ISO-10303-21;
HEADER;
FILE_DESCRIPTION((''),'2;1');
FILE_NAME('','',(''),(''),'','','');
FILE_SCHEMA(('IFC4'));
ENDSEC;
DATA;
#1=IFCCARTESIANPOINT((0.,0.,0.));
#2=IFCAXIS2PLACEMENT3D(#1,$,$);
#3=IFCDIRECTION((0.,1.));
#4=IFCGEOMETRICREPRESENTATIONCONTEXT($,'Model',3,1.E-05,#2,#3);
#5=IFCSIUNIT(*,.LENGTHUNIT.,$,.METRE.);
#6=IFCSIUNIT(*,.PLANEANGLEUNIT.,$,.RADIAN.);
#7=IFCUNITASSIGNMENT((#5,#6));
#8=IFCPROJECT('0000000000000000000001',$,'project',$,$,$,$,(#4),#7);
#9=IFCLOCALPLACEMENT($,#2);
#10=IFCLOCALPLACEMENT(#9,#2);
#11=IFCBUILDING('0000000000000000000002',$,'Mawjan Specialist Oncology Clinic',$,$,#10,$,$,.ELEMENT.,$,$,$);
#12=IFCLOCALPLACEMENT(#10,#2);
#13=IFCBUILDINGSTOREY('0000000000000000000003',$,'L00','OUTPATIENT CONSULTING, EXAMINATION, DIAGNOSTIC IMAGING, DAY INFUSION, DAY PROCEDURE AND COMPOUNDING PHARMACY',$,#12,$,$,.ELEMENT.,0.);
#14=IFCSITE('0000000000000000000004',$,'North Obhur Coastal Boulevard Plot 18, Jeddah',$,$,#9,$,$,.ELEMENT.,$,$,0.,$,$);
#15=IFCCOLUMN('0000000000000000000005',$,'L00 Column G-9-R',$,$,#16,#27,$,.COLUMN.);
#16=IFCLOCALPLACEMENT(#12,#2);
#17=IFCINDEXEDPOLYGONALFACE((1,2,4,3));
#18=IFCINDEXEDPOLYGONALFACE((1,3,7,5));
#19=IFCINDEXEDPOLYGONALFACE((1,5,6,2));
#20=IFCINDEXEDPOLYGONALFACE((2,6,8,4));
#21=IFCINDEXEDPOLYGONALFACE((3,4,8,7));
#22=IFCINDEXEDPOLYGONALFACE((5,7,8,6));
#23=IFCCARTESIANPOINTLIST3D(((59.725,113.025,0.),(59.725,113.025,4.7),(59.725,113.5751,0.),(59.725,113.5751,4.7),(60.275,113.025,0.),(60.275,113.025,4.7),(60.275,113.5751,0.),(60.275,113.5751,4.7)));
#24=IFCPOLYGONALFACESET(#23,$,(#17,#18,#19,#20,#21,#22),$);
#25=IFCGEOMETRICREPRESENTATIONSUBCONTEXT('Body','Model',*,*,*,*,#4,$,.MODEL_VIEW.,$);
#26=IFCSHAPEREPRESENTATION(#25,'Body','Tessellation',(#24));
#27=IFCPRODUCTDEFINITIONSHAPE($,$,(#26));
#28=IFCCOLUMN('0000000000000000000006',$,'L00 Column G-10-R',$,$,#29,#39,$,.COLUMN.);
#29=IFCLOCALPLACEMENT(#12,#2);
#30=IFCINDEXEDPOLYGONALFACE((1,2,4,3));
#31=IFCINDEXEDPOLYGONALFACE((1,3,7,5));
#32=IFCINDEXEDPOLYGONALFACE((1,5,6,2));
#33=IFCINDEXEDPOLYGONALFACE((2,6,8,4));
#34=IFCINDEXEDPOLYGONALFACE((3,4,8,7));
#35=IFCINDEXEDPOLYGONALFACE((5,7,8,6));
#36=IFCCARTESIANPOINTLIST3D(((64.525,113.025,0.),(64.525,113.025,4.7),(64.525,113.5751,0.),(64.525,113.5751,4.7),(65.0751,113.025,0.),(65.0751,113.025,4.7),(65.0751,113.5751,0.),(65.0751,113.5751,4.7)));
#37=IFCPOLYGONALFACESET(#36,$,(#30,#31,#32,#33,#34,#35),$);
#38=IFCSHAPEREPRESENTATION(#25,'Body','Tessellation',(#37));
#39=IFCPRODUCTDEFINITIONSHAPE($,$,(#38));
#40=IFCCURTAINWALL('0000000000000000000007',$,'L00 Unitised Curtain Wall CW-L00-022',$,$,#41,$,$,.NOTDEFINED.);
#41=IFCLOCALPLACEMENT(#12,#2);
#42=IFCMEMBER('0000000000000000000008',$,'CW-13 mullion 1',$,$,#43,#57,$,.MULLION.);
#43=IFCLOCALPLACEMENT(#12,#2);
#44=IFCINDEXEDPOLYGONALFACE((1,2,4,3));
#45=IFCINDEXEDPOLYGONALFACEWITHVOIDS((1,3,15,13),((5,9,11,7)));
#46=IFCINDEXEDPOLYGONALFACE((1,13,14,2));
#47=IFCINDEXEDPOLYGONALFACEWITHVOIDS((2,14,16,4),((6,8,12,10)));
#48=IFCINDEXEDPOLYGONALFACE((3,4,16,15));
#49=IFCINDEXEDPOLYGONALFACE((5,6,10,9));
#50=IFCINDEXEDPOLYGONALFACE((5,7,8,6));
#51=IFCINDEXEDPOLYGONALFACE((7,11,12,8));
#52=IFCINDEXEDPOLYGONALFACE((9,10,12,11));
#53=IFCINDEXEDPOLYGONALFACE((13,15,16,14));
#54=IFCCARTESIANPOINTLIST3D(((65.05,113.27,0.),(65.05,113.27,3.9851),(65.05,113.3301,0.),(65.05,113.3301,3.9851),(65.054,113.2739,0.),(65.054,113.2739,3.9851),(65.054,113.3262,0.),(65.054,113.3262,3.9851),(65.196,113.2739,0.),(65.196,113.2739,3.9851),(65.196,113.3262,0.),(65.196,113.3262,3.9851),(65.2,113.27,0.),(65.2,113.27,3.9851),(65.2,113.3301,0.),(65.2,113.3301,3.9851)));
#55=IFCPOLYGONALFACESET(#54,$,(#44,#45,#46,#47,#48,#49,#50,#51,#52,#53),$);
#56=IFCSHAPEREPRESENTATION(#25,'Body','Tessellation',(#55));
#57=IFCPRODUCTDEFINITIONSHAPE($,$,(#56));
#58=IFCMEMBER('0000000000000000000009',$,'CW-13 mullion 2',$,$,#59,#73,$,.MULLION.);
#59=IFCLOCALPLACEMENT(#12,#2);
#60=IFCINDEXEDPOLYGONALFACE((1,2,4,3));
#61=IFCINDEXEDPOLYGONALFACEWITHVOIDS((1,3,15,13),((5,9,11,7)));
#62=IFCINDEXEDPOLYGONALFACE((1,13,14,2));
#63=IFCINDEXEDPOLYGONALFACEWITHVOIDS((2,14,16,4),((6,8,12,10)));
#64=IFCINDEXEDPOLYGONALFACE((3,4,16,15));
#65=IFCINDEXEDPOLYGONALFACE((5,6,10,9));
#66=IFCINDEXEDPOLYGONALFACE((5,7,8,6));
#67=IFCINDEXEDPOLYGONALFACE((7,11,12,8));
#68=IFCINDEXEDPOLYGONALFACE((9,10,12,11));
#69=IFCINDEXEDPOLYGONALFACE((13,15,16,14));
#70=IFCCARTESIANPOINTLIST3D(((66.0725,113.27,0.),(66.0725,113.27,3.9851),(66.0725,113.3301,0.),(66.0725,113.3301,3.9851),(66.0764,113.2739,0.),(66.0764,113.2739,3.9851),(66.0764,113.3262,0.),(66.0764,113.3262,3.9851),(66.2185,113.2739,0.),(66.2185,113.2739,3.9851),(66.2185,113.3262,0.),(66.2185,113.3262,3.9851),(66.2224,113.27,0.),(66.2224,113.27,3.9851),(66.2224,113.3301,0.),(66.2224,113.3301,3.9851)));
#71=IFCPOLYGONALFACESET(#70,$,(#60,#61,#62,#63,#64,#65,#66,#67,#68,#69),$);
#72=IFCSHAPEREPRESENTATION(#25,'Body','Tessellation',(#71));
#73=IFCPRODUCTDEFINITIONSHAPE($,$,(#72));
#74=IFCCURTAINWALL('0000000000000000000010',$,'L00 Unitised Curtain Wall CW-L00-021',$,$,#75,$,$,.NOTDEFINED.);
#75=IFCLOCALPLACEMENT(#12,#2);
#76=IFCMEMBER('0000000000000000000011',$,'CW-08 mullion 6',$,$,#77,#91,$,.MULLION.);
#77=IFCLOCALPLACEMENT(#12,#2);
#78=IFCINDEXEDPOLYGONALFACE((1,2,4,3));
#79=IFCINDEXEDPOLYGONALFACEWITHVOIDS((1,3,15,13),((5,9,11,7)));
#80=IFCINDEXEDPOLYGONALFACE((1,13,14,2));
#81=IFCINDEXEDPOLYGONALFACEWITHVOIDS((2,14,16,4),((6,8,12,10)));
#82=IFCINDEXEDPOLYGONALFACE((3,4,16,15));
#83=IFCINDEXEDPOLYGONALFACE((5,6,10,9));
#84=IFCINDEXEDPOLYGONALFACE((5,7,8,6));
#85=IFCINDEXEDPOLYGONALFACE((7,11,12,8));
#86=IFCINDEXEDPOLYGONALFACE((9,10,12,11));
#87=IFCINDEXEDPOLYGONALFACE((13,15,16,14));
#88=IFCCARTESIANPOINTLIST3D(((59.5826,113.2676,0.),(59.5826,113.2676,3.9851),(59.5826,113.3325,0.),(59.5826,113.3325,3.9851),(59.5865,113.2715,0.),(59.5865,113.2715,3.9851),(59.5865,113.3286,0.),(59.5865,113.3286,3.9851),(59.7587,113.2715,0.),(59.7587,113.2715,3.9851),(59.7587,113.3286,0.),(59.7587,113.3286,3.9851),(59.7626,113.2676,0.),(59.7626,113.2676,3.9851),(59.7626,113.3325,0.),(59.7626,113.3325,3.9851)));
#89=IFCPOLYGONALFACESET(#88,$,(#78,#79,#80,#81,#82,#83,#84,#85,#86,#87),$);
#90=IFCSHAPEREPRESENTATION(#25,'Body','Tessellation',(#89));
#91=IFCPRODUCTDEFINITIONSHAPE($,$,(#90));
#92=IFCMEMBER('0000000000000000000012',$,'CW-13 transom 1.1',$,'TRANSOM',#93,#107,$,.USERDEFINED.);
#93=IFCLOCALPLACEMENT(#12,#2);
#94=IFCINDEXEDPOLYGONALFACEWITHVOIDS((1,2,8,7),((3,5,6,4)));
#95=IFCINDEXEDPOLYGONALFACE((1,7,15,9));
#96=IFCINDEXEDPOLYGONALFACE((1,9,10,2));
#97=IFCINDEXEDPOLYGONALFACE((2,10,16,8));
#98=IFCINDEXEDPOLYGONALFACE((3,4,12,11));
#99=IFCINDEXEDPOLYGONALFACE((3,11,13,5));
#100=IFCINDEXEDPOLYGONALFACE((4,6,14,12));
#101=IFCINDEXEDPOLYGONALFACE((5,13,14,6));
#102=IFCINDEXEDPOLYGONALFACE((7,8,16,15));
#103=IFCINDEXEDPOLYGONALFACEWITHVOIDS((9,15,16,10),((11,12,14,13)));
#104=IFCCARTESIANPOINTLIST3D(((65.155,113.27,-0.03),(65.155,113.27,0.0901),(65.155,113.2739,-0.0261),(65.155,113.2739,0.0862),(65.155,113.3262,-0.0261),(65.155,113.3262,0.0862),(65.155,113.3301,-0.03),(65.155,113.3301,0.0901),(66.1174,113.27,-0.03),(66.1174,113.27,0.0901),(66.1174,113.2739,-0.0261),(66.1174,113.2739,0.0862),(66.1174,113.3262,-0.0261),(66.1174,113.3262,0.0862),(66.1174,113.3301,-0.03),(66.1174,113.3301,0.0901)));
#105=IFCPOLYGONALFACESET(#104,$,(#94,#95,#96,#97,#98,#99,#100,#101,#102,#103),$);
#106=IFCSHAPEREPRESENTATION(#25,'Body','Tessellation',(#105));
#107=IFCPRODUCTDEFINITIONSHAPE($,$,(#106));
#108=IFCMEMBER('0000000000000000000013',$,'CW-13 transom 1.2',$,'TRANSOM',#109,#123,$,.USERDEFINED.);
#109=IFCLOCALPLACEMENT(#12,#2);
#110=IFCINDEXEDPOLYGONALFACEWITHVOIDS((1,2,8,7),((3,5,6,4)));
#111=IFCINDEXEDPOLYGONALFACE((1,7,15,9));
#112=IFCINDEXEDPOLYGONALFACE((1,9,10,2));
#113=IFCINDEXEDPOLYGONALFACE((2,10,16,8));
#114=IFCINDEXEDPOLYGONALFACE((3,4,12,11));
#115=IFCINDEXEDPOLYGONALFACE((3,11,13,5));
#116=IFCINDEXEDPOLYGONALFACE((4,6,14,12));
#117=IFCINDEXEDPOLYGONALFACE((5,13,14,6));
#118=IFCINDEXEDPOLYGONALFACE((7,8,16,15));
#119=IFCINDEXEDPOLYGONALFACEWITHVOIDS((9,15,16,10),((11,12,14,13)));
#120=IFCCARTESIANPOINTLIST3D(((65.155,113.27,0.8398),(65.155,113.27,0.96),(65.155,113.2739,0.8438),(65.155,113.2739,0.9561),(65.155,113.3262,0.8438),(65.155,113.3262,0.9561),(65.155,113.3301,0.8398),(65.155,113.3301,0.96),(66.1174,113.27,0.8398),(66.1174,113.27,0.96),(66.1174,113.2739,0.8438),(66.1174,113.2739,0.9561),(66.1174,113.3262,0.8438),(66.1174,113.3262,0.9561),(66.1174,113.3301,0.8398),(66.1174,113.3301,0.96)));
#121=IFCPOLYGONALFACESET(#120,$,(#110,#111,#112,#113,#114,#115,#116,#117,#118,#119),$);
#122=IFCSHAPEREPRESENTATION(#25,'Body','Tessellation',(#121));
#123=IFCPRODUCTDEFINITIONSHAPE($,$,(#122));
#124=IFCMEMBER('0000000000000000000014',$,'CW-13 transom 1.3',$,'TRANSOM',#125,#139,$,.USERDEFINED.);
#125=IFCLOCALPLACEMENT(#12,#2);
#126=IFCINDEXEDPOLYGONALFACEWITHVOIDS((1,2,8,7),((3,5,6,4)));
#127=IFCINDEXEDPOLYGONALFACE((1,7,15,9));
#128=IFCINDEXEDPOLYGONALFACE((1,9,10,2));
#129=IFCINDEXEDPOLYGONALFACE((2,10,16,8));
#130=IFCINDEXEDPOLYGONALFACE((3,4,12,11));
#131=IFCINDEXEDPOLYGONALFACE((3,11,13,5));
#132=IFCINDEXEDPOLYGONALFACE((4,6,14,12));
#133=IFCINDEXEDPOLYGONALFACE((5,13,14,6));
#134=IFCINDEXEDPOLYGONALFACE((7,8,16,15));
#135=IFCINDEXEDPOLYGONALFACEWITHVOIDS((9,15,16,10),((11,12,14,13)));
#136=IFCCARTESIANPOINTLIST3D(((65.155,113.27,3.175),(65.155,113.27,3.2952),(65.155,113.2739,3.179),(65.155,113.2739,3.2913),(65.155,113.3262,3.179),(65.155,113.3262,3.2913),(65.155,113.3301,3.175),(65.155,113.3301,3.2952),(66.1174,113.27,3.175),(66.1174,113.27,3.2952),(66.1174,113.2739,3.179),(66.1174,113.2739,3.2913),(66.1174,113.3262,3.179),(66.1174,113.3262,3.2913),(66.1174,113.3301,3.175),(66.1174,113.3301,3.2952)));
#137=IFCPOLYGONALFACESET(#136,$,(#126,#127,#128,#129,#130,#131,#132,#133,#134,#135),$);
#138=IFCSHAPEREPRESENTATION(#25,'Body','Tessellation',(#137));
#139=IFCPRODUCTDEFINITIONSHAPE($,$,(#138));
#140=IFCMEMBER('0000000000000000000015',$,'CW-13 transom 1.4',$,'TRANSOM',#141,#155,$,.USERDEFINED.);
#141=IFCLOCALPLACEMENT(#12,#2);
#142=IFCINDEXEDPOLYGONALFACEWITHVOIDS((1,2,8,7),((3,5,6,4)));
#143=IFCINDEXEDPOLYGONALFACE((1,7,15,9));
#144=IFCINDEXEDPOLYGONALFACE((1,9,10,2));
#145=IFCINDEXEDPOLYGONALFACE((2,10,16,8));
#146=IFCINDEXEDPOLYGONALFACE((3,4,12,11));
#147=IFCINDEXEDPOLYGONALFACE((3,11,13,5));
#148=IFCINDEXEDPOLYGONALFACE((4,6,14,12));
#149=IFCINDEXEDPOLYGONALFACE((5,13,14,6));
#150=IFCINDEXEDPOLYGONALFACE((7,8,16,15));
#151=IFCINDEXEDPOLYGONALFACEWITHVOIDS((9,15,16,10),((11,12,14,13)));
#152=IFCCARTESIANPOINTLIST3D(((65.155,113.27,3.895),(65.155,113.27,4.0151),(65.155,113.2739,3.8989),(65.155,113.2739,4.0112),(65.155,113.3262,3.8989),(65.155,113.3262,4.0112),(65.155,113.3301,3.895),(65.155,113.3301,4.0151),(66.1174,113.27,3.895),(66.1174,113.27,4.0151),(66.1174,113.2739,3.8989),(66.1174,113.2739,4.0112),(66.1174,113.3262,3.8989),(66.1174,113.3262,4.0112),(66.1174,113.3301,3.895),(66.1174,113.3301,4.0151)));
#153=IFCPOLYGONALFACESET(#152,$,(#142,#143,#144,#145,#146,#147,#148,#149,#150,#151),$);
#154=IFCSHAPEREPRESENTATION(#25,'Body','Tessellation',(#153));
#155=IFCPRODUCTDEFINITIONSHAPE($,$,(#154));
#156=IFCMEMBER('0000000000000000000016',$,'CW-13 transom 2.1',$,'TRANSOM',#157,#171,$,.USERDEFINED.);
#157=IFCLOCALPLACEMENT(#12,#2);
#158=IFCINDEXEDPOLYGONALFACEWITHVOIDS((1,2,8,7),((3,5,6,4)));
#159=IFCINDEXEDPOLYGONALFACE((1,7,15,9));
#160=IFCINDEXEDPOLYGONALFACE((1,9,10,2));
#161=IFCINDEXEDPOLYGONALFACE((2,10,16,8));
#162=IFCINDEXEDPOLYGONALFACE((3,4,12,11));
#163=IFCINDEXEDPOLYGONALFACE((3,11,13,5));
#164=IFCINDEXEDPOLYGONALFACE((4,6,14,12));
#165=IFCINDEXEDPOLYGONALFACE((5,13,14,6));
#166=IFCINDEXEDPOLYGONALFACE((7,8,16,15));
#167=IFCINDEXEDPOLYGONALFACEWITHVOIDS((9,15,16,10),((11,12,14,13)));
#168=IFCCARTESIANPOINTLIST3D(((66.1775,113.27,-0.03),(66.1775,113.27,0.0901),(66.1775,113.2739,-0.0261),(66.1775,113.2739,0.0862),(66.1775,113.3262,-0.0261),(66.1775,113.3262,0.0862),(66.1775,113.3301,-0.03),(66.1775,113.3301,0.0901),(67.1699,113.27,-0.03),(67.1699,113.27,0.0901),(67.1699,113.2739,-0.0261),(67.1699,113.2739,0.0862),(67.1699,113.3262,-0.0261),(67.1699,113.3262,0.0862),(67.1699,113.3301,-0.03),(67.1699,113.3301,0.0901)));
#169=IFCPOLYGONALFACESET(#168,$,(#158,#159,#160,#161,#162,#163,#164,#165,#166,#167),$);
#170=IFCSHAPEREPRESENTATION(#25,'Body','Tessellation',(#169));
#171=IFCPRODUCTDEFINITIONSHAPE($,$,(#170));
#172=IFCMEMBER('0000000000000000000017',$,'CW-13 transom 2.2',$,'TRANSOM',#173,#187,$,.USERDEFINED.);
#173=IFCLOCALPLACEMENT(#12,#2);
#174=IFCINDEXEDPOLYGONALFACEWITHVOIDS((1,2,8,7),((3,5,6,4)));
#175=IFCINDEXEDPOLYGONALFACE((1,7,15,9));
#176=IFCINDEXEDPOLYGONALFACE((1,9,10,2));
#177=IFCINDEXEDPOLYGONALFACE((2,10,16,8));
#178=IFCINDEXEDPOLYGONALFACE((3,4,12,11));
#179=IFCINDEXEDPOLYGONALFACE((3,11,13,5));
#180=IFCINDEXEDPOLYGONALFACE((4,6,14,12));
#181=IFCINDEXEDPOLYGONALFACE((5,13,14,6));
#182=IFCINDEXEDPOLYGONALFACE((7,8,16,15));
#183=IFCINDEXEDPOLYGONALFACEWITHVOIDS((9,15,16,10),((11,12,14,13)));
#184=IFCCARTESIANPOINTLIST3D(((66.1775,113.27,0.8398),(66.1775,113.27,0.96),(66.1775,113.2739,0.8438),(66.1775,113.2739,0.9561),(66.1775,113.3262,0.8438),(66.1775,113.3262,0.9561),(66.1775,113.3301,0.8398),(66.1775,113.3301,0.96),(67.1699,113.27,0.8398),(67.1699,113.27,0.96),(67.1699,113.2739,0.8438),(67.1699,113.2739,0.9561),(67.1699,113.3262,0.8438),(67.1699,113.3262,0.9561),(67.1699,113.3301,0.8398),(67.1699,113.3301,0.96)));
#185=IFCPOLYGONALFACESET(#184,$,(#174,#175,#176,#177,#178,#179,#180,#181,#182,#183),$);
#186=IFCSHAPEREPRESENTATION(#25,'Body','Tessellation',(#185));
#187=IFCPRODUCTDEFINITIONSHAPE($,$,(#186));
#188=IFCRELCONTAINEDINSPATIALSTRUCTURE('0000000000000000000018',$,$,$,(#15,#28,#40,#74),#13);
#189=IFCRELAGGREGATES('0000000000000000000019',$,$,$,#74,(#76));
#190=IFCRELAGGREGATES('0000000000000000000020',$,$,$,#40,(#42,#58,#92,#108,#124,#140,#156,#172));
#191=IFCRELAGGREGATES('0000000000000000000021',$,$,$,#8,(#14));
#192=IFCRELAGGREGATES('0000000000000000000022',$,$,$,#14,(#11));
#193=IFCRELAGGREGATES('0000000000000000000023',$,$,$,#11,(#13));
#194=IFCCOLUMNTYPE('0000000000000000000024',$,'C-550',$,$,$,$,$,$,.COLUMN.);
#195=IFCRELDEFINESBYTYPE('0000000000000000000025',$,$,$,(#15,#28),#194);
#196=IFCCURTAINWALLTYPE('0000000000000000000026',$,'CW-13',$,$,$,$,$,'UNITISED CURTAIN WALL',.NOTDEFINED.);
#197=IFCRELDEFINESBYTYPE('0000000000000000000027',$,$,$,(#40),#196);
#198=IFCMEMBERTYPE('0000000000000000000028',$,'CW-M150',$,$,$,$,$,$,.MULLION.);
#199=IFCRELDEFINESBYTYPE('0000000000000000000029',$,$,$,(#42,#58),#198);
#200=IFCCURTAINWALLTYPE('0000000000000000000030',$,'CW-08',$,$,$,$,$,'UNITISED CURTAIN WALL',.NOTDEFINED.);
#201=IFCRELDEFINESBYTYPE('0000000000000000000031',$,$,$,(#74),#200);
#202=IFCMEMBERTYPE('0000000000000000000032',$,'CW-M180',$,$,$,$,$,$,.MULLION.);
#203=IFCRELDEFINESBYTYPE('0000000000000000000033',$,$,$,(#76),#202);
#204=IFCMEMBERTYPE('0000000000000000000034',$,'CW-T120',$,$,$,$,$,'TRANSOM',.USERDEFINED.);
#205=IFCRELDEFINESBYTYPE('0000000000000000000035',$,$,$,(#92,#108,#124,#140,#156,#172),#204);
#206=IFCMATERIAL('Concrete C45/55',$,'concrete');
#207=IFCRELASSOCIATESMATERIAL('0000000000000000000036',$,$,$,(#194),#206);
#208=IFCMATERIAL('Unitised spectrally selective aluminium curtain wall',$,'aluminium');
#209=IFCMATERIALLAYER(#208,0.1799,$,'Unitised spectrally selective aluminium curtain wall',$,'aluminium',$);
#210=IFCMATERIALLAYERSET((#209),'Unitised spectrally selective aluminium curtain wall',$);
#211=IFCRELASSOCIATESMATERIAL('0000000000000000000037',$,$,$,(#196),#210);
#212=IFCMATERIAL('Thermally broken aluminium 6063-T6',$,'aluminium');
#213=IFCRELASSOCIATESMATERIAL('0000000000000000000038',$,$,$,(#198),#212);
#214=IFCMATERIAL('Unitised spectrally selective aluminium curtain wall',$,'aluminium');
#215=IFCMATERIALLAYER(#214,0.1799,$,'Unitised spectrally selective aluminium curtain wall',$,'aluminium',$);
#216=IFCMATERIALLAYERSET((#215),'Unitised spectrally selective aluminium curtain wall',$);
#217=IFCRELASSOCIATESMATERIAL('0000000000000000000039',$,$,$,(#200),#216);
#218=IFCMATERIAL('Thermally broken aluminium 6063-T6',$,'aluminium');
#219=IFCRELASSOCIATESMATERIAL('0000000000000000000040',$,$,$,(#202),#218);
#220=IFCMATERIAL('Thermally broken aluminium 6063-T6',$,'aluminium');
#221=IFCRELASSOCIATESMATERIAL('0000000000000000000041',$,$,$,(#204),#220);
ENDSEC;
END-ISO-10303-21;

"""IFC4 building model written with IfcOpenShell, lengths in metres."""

from ifc_helpers import new_model, si_unit, direction, frame, origin, origin_2d, place, context, subcontext, project, spatial, rectangle, hollow_rectangle, extrude, material, layer, layer_set, material_profile, profile_set, type_object, element, aggregate, save


model = new_model("IFC4")

# Units and contexts
model_context = context("Model", 3, precision=1e-05, world=origin(), true_north=direction((0.0, 1.0)))
body_context = subcontext(model_context, "Body", "Model", "MODEL_VIEW")
ifc_project = project(units=[si_unit("LENGTHUNIT", "METRE"), si_unit("PLANEANGLEUNIT", "RADIAN")], contexts=[model_context])

# Site, building, storey
site_placement = place(None, origin())
site = spatial("IfcSite", under=ifc_project, at=site_placement, Name="North Obhur Coastal Boulevard Plot 18, Jeddah", CompositionType="ELEMENT", RefElevation=0.0)
building_placement = place(site_placement, origin())
building = spatial("IfcBuilding", under=site, at=building_placement, Name="Mawjan Specialist Oncology Clinic", CompositionType="ELEMENT")
storey_placement = place(building_placement, origin())
storey = spatial("IfcBuildingStorey", under=building, at=storey_placement, Name="L00", Description="OUTPATIENT CONSULTING, EXAMINATION, DIAGNOSTIC IMAGING, DAY INFUSION, DAY PROCEDURE AND COMPOUNDING PHARMACY", CompositionType="ELEMENT", Elevation=0.0)

# Columns
ifc_material_1 = material(Name="Concrete C45/55", Category="concrete")
ifc_material_profile_1 = material_profile(ifc_material_1, rectangle(XDim=0.55, YDim=0.55, at=origin_2d()), Name="RC COL 550x550", Category="concrete")
ifc_profile_set_1 = profile_set([ifc_material_profile_1], Name="Concrete C45/55")
column_type = type_object("IfcColumnType", Name="C-550", PredefinedType="COLUMN", material=ifc_profile_set_1)
for number, where, z_axis, x_axis, name in (
    (1, (60.0, 113.3, 0.0), (0.0, 0.0, 1.0), (1.0, 0.0, 0.0), "L00 Column G-9-R"),
    (2, (64.8, 113.3, 0.0), (0.0, 0.0, 1.0), (1.0, 0.0, 0.0), "L00 Column G-10-R"),
):
    element("IfcColumn", number, at=place(storey_placement, frame(where, z_axis=z_axis, x_axis=x_axis)), inside=storey, type_object=column_type, Name=name, PredefinedType="COLUMN", context=body_context, shape_type="SweptSolid", body=[
        extrude(rectangle(XDim=0.55, YDim=0.55, at=origin_2d()), origin(), (0.0, 0.0, 1.0), 4.7),
    ])

# Curtain wall, members
ifc_material_2 = material(Name="Unitised spectrally selective aluminium curtain wall", Category="aluminium")
ifc_layer_1 = layer(ifc_material_2, 0.1799, Name="Unitised spectrally selective aluminium curtain wall", Category="aluminium")
ifc_layer_set_1 = layer_set([ifc_layer_1], Name="Unitised spectrally selective aluminium curtain wall")
curtain_wall_type_1 = type_object("IfcCurtainWallType", Name="CW-13", ElementType="UNITISED CURTAIN WALL", PredefinedType="NOTDEFINED", material=ifc_layer_set_1)
curtain_wall_1_placement = place(storey_placement, origin())
curtain_wall_1 = element("IfcCurtainWall", 3, at=curtain_wall_1_placement, inside=storey, type_object=curtain_wall_type_1, Name="L00 Unitised Curtain Wall CW-L00-022", PredefinedType="NOTDEFINED")
ifc_material_3 = material(Name="Thermally broken aluminium 6063-T6", Category="aluminium")
ifc_material_profile_2 = material_profile(ifc_material_3, hollow_rectangle(XDim=0.0601, YDim=0.1499, WallThickness=0.0039, at=origin_2d()), Name="ALU MULLION 150x60x4", Category="aluminium")
ifc_profile_set_2 = profile_set([ifc_material_profile_2], Name="Thermally broken aluminium 6063-T6")
member_type_1 = type_object("IfcMemberType", Name="CW-M150", PredefinedType="MULLION", material=ifc_profile_set_2)
member_1_placement = place(storey_placement, frame((65.125, 113.3, 0.0), z_axis=(0.0, 0.0, 1.0), x_axis=(0.0, 1.0, 0.0)))
member_1 = element("IfcMember", 4, at=member_1_placement, type_object=member_type_1, Name="CW-13 mullion 1", PredefinedType="MULLION", context=body_context, shape_type="SweptSolid", body=[
    extrude(hollow_rectangle(XDim=0.0601, YDim=0.1499, WallThickness=0.0039, at=origin_2d()), origin(), (0.0, 0.0, 1.0), 3.9851),
])
member_2_placement = place(storey_placement, frame((66.1475, 113.3, 0.0), z_axis=(0.0, 0.0, 1.0), x_axis=(0.0, 1.0, 0.0)))
member_2 = element("IfcMember", 5, at=member_2_placement, type_object=member_type_1, Name="CW-13 mullion 2", PredefinedType="MULLION", context=body_context, shape_type="SweptSolid", body=[
    extrude(hollow_rectangle(XDim=0.0601, YDim=0.1499, WallThickness=0.0039, at=origin_2d()), origin(), (0.0, 0.0, 1.0), 3.9851),
])

# Curtain wall, member
ifc_material_4 = material(Name="Unitised spectrally selective aluminium curtain wall", Category="aluminium")
ifc_layer_2 = layer(ifc_material_4, 0.1799, Name="Unitised spectrally selective aluminium curtain wall", Category="aluminium")
ifc_layer_set_2 = layer_set([ifc_layer_2], Name="Unitised spectrally selective aluminium curtain wall")
curtain_wall_type_2 = type_object("IfcCurtainWallType", Name="CW-08", ElementType="UNITISED CURTAIN WALL", PredefinedType="NOTDEFINED", material=ifc_layer_set_2)
curtain_wall_2_placement = place(storey_placement, origin())
curtain_wall_2 = element("IfcCurtainWall", 6, at=curtain_wall_2_placement, inside=storey, type_object=curtain_wall_type_2, Name="L00 Unitised Curtain Wall CW-L00-021", PredefinedType="NOTDEFINED")
ifc_material_5 = material(Name="Thermally broken aluminium 6063-T6", Category="aluminium")
ifc_material_profile_3 = material_profile(ifc_material_5, hollow_rectangle(XDim=0.0649, YDim=0.1799, WallThickness=0.0039, at=origin_2d()), Name="ALU MULLION 180x65x4", Category="aluminium")
ifc_profile_set_3 = profile_set([ifc_material_profile_3], Name="Thermally broken aluminium 6063-T6")
member_type_2 = type_object("IfcMemberType", Name="CW-M180", PredefinedType="MULLION", material=ifc_profile_set_3)
member_3_placement = place(storey_placement, frame((59.6726, 113.3, 0.0), z_axis=(0.0, 0.0, 1.0), x_axis=(0.0, 1.0, 0.0)))
member_3 = element("IfcMember", 7, at=member_3_placement, type_object=member_type_2, Name="CW-08 mullion 6", PredefinedType="MULLION", context=body_context, shape_type="SweptSolid", body=[
    extrude(hollow_rectangle(XDim=0.0649, YDim=0.1799, WallThickness=0.0039, at=origin_2d()), origin(), (0.0, 0.0, 1.0), 3.9851),
])

# Members
ifc_material_6 = material(Name="Thermally broken aluminium 6063-T6", Category="aluminium")
ifc_material_profile_4 = material_profile(ifc_material_6, hollow_rectangle(XDim=0.0601, YDim=0.1201, WallThickness=0.0039, at=origin_2d()), Name="ALU TRANSOM 120x60x4", Category="aluminium")
ifc_profile_set_4 = profile_set([ifc_material_profile_4], Name="Thermally broken aluminium 6063-T6")
member_type_3 = type_object("IfcMemberType", Name="CW-T120", ElementType="TRANSOM", PredefinedType="USERDEFINED", material=ifc_profile_set_4)
member_4_placement = place(storey_placement, frame((65.155, 113.3, 0.03), z_axis=(1.0, 0.0, 0.0), x_axis=(0.0, 1.0, 0.0)))
member_4 = element("IfcMember", 8, at=member_4_placement, type_object=member_type_3, Name="CW-13 transom 1.1", ObjectType="TRANSOM", PredefinedType="USERDEFINED", context=body_context, shape_type="SweptSolid", body=[
    extrude(hollow_rectangle(XDim=0.0601, YDim=0.1201, WallThickness=0.0039, at=origin_2d()), origin(), (0.0, 0.0, 1.0), 0.9624),
])
member_5_placement = place(storey_placement, frame((65.155, 113.3, 0.8999), z_axis=(1.0, 0.0, 0.0), x_axis=(0.0, 1.0, 0.0)))
member_5 = element("IfcMember", 9, at=member_5_placement, type_object=member_type_3, Name="CW-13 transom 1.2", ObjectType="TRANSOM", PredefinedType="USERDEFINED", context=body_context, shape_type="SweptSolid", body=[
    extrude(hollow_rectangle(XDim=0.0601, YDim=0.1201, WallThickness=0.0039, at=origin_2d()), origin(), (0.0, 0.0, 1.0), 0.9624),
])
member_6_placement = place(storey_placement, frame((65.155, 113.3, 3.2351), z_axis=(1.0, 0.0, 0.0), x_axis=(0.0, 1.0, 0.0)))
member_6 = element("IfcMember", 10, at=member_6_placement, type_object=member_type_3, Name="CW-13 transom 1.3", ObjectType="TRANSOM", PredefinedType="USERDEFINED", context=body_context, shape_type="SweptSolid", body=[
    extrude(hollow_rectangle(XDim=0.0601, YDim=0.1201, WallThickness=0.0039, at=origin_2d()), origin(), (0.0, 0.0, 1.0), 0.9624),
])
member_7_placement = place(storey_placement, frame((65.155, 113.3, 3.9551), z_axis=(1.0, 0.0, 0.0), x_axis=(0.0, 1.0, 0.0)))
member_7 = element("IfcMember", 11, at=member_7_placement, type_object=member_type_3, Name="CW-13 transom 1.4", ObjectType="TRANSOM", PredefinedType="USERDEFINED", context=body_context, shape_type="SweptSolid", body=[
    extrude(hollow_rectangle(XDim=0.0601, YDim=0.1201, WallThickness=0.0039, at=origin_2d()), origin(), (0.0, 0.0, 1.0), 0.9624),
])
member_8_placement = place(storey_placement, frame((66.1775, 113.3, 0.03), z_axis=(1.0, 0.0, 0.0), x_axis=(0.0, 1.0, 0.0)))
member_8 = element("IfcMember", 12, at=member_8_placement, type_object=member_type_3, Name="CW-13 transom 2.1", ObjectType="TRANSOM", PredefinedType="USERDEFINED", context=body_context, shape_type="SweptSolid", body=[
    extrude(hollow_rectangle(XDim=0.0601, YDim=0.1201, WallThickness=0.0039, at=origin_2d()), origin(), (0.0, 0.0, 1.0), 0.9924),
])
member_9_placement = place(storey_placement, frame((66.1775, 113.3, 0.8999), z_axis=(1.0, 0.0, 0.0), x_axis=(0.0, 1.0, 0.0)))
member_9 = element("IfcMember", 13, at=member_9_placement, type_object=member_type_3, Name="CW-13 transom 2.2", ObjectType="TRANSOM", PredefinedType="USERDEFINED", context=body_context, shape_type="SweptSolid", body=[
    extrude(hollow_rectangle(XDim=0.0601, YDim=0.1201, WallThickness=0.0039, at=origin_2d()), origin(), (0.0, 0.0, 1.0), 0.9924),
])

aggregate(curtain_wall_2, [member_3])
aggregate(curtain_wall_1, [member_1, member_2, member_4, member_5, member_6, member_7, member_8, member_9])

save(model, "model.ifc")
